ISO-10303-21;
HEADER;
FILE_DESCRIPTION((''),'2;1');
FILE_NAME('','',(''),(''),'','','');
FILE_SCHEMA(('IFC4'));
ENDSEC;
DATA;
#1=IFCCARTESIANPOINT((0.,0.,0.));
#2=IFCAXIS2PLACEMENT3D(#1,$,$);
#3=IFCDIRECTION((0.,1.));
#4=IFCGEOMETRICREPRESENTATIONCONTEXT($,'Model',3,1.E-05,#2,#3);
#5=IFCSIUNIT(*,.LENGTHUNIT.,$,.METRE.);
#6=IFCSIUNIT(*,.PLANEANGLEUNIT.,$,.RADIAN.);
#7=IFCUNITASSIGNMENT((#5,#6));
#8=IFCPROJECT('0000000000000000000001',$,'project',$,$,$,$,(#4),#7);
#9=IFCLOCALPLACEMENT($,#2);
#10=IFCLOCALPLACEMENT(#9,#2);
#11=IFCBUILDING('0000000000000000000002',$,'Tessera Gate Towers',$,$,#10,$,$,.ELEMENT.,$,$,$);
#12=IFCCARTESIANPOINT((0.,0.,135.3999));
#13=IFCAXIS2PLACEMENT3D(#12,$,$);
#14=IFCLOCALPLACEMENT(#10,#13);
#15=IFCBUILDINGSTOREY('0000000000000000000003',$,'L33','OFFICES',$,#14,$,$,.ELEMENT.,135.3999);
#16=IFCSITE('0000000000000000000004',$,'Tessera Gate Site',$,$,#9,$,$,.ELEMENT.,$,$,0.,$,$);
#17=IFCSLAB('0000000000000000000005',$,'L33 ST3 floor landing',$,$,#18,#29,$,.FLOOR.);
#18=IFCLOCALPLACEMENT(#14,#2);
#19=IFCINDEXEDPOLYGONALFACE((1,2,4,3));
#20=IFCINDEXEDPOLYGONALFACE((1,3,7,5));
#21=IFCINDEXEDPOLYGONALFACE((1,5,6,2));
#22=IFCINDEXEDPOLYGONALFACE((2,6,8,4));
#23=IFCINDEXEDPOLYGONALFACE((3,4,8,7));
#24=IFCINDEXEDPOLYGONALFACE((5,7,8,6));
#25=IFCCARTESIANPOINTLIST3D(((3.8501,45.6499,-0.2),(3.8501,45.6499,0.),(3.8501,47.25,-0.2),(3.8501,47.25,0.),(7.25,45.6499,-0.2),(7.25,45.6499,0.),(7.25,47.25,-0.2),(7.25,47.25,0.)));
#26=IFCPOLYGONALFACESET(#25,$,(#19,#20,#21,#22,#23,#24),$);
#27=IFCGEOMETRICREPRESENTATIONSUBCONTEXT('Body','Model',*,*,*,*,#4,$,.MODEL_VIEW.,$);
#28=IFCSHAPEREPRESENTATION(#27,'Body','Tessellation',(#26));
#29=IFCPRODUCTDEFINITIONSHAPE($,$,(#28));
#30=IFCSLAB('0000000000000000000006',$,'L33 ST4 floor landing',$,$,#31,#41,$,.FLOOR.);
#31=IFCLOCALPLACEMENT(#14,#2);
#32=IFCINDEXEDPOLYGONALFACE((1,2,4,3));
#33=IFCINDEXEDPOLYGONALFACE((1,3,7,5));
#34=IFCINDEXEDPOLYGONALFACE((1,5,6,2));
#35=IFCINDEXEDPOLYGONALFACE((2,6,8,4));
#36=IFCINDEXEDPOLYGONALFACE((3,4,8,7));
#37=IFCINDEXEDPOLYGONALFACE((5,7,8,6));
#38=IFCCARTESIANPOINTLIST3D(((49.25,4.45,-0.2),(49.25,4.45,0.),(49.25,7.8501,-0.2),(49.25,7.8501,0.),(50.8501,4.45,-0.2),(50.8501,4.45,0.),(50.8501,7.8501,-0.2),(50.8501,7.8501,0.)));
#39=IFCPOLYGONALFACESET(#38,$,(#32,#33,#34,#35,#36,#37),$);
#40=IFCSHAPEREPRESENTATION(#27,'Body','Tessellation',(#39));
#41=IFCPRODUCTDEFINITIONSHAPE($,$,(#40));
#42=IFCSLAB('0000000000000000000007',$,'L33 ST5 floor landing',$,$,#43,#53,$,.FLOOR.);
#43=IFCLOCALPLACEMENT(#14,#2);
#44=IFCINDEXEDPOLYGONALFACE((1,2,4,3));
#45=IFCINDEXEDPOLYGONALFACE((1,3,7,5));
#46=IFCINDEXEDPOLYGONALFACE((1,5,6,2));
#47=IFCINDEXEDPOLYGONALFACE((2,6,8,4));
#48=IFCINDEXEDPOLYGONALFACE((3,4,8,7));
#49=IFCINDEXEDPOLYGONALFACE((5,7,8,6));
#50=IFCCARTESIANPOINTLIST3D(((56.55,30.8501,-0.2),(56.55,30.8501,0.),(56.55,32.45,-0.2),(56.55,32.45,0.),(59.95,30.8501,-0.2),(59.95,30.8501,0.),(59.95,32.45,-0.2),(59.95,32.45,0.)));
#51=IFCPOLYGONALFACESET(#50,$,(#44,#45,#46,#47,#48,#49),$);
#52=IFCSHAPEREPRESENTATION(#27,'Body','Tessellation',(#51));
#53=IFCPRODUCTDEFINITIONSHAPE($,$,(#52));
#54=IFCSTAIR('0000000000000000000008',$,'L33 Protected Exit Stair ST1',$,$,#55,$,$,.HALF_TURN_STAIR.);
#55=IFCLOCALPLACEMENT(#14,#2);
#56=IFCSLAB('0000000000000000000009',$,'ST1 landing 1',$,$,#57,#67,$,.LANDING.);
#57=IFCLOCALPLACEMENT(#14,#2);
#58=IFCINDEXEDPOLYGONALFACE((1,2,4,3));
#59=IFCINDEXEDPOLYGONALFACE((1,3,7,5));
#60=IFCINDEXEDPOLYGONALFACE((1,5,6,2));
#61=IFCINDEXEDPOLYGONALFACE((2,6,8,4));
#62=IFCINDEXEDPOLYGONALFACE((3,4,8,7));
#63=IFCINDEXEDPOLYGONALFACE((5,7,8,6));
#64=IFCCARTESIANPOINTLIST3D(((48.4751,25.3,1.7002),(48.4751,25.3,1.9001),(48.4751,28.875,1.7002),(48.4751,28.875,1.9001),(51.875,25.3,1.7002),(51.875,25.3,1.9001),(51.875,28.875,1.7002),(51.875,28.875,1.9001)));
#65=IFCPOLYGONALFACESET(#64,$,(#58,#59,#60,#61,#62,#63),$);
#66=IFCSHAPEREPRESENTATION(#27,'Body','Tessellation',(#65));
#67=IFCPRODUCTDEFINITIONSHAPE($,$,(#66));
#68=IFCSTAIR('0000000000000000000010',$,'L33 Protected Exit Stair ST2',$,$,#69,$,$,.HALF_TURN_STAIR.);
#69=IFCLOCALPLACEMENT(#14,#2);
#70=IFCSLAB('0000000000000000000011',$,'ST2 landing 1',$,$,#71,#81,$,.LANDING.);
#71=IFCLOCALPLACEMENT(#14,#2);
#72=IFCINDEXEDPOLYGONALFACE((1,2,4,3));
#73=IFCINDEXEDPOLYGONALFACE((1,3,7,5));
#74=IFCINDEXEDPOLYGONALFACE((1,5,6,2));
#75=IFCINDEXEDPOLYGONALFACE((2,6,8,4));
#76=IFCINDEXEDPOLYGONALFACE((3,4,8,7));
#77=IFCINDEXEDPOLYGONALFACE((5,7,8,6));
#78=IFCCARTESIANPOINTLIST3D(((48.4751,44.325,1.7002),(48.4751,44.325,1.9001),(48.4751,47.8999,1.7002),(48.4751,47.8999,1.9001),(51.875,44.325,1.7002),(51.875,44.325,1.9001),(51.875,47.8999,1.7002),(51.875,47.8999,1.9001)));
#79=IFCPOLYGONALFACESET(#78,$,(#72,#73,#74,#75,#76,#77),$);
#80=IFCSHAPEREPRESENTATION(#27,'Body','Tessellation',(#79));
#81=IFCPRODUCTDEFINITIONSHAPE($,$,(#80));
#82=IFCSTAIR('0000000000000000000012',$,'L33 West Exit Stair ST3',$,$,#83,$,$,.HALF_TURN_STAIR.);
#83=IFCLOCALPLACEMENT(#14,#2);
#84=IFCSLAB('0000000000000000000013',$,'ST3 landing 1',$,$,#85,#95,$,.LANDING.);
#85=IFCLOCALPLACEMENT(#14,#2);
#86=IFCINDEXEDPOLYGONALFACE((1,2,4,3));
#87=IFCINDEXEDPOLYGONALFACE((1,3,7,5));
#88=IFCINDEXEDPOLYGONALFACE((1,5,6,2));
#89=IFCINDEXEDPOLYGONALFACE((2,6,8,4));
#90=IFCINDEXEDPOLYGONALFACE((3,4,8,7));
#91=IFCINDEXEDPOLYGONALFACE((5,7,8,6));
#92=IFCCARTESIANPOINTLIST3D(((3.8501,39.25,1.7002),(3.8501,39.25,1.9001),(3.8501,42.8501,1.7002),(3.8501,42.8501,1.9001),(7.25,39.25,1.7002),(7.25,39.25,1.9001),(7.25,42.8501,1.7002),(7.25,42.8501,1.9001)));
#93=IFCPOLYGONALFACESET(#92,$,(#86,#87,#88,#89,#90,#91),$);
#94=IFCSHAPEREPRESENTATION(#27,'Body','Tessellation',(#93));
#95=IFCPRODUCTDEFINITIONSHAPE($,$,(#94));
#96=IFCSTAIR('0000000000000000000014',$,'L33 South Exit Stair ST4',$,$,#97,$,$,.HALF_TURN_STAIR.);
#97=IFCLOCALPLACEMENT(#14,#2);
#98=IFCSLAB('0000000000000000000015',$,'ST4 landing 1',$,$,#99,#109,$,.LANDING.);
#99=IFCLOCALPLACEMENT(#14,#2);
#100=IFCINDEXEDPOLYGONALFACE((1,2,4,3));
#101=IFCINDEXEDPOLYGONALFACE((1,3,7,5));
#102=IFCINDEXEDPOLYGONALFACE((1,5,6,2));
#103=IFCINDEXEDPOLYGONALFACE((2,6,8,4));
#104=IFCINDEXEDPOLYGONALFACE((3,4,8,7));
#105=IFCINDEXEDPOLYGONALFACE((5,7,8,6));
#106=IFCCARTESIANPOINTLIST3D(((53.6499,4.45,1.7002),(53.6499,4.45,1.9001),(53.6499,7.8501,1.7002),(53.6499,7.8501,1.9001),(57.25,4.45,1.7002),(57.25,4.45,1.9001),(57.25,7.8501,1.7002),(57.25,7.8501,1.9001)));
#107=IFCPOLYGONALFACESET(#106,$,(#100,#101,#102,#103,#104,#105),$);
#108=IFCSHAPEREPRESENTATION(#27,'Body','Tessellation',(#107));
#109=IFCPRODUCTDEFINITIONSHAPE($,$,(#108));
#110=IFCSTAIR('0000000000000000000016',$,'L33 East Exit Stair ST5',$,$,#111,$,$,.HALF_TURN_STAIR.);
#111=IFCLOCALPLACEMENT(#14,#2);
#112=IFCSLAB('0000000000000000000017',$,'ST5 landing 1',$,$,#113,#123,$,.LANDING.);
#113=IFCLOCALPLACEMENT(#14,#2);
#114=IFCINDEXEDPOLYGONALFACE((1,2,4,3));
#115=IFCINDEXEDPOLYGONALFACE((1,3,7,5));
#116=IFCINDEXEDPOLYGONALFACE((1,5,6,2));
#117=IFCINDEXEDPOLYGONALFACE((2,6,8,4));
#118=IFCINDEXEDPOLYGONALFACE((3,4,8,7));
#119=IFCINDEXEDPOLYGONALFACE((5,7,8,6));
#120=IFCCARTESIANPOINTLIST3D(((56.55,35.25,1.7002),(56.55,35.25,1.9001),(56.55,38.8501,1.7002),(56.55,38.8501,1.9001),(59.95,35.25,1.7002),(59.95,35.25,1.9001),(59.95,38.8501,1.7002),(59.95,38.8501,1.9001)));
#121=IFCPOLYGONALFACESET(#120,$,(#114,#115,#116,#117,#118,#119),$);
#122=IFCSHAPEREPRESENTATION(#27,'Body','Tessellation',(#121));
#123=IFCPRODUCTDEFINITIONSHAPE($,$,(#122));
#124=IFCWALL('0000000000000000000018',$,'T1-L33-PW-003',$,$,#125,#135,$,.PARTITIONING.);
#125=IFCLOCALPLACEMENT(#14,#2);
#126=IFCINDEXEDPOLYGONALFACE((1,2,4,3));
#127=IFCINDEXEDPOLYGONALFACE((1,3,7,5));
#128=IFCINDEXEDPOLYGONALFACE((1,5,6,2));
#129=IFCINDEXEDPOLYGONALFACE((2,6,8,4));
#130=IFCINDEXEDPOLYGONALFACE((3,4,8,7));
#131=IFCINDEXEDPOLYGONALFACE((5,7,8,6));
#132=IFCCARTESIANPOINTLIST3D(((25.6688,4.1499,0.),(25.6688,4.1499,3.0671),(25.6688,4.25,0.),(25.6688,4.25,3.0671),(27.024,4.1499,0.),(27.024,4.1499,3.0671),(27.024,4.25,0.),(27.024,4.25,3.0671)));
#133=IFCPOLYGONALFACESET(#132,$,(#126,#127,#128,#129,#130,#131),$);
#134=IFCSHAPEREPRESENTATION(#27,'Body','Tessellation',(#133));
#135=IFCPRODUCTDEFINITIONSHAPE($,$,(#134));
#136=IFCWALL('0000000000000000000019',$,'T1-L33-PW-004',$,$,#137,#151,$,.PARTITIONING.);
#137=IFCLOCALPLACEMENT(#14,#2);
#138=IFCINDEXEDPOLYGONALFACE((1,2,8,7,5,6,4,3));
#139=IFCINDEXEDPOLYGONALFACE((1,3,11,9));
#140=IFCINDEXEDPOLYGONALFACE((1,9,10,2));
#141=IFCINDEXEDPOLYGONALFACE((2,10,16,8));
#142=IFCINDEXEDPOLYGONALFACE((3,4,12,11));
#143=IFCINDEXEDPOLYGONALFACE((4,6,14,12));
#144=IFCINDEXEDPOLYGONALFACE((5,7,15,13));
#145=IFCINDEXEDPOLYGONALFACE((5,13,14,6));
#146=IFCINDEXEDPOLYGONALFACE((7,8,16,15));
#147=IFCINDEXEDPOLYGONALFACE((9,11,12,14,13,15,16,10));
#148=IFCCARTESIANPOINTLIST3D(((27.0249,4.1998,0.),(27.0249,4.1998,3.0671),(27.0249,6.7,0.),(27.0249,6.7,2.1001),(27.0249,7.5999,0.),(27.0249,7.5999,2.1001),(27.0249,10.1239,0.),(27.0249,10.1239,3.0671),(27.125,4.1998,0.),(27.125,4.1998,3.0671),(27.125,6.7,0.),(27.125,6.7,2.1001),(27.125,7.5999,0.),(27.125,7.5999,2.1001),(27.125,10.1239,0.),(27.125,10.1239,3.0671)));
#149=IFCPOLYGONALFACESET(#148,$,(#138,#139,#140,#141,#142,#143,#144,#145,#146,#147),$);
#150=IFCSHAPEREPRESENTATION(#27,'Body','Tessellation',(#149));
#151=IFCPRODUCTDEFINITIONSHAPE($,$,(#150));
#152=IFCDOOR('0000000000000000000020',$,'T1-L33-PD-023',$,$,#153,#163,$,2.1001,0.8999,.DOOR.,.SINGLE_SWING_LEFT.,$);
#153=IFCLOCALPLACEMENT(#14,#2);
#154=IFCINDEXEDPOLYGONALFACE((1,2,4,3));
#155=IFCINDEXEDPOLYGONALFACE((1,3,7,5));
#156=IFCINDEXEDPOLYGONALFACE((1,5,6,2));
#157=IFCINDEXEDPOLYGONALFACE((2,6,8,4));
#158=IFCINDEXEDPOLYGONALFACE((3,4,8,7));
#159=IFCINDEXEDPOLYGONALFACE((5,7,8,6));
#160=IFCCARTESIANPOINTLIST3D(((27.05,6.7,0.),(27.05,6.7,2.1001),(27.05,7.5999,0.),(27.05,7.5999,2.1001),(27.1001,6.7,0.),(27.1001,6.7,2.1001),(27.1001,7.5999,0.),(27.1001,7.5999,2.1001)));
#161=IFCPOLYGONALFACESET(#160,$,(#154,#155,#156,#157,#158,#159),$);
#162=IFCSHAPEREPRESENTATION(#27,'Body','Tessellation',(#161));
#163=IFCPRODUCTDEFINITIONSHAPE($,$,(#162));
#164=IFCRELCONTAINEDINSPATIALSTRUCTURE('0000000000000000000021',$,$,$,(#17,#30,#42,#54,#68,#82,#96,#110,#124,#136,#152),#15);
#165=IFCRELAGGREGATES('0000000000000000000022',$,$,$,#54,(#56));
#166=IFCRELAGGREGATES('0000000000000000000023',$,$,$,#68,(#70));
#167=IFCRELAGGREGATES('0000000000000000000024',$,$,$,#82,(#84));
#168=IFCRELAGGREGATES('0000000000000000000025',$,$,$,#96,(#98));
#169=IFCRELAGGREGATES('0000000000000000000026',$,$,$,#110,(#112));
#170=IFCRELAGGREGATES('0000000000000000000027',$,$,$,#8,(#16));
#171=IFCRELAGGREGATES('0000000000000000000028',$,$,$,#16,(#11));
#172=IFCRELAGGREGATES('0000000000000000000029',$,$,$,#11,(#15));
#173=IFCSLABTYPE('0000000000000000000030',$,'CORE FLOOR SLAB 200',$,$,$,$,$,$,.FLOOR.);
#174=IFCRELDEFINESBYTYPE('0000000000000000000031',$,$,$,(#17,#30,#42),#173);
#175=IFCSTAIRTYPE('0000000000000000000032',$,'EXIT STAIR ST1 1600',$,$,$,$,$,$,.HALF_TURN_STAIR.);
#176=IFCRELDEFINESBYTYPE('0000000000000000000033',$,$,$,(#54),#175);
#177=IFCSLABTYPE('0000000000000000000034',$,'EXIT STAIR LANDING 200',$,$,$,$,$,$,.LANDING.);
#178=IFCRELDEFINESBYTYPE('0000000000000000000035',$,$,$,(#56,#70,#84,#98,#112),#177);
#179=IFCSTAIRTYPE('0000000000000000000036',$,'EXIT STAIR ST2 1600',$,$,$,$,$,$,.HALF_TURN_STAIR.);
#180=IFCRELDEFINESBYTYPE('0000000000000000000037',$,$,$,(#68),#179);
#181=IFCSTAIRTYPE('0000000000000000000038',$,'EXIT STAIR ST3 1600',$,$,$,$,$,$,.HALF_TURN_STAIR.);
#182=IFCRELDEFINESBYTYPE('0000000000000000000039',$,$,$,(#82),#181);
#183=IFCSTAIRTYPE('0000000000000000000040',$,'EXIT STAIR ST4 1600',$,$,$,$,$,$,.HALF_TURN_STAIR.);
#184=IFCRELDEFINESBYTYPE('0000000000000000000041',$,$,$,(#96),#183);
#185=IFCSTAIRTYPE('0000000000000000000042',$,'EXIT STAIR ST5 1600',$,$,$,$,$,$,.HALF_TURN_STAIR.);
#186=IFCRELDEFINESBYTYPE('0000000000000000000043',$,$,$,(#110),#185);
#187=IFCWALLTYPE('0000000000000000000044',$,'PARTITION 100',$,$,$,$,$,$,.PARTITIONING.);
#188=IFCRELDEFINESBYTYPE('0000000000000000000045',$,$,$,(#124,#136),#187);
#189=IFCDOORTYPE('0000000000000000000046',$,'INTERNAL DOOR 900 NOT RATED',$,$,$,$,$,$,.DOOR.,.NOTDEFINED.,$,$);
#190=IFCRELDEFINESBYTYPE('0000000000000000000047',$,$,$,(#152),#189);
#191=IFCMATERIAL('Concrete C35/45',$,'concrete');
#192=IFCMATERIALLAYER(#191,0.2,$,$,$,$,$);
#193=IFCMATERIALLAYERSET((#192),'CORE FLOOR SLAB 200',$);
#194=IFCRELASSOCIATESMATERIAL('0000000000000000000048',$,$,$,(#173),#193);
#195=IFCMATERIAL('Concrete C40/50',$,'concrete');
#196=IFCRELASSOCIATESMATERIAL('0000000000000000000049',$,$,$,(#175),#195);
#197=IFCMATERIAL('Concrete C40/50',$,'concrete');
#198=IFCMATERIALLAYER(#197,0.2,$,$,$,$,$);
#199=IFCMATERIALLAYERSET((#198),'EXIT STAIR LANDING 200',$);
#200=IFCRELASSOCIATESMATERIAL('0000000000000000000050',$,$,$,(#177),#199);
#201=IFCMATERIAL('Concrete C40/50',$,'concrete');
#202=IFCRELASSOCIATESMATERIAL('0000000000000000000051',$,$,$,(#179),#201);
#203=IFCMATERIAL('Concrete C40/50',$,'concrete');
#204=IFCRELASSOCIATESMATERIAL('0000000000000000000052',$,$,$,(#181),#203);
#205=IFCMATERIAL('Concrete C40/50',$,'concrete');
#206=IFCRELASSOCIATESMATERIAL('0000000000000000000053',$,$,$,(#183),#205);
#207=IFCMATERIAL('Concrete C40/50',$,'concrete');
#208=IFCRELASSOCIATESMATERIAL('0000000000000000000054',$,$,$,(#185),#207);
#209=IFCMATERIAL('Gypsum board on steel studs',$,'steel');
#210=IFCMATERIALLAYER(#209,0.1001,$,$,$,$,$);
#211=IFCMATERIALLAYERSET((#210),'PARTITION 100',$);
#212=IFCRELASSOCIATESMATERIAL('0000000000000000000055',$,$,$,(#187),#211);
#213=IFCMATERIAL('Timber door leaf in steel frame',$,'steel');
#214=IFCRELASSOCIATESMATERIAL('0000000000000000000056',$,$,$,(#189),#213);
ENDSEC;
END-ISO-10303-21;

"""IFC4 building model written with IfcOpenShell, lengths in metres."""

from ifc_helpers import new_model, si_unit, direction, frame, frame_2d, origin, place, context, subcontext, project, spatial, polyline, rectangle, outline, extrude, source, transform, mapped, material, layer, layer_set, type_object, element, fill, aggregate, save


model = new_model("IFC4")

# Units and contexts
model_context = context("Model", 3, precision=1e-05, world=origin(), true_north=direction((0.0, 1.0)))
body_context = subcontext(model_context, "Body", "Model", "MODEL_VIEW")
ifc_project = project(units=[si_unit("LENGTHUNIT", "METRE"), si_unit("PLANEANGLEUNIT", "RADIAN")], contexts=[model_context])

# Site, building, storey
site_placement = place(None, origin())
site = spatial("IfcSite", under=ifc_project, at=site_placement, Name="Tessera Gate Site", CompositionType="ELEMENT", RefElevation=0.0)
building_placement = place(site_placement, origin())
building = spatial("IfcBuilding", under=site, at=building_placement, Name="Tessera Gate Towers", CompositionType="ELEMENT")
storey_placement = place(building_placement, frame((0.0, 0.0, 135.3999)))
storey = spatial("IfcBuildingStorey", under=building, at=storey_placement, Name="L33", Description="OFFICES", CompositionType="ELEMENT", Elevation=135.3999)

# Slabs
ifc_material_1 = material(Name="Concrete C35/45", Category="concrete")
ifc_layer_1 = layer(ifc_material_1, 0.2)
ifc_layer_set_1 = layer_set([ifc_layer_1], Name="CORE FLOOR SLAB 200")
slab_type_1 = type_object("IfcSlabType", Name="CORE FLOOR SLAB 200", PredefinedType="FLOOR", material=ifc_layer_set_1)
slab_1_placement = place(storey_placement, frame((0.0, 0.0, -0.2)))
element("IfcSlab", 1, at=slab_1_placement, inside=storey, type_object=slab_type_1, Name="L33 ST3 floor landing", PredefinedType="FLOOR", context=body_context, shape_type="SweptSolid", body=[
    extrude(outline(polyline([(3.8501, 47.25), (3.8501, 45.6499), (7.25, 45.6499), (7.25, 47.25), (3.8501, 47.25)])), origin(), (0.0, 0.0, 1.0), 0.2),
])
slab_2_placement = place(storey_placement, frame((0.0, 0.0, -0.2)))
element("IfcSlab", 2, at=slab_2_placement, inside=storey, type_object=slab_type_1, Name="L33 ST4 floor landing", PredefinedType="FLOOR", context=body_context, shape_type="SweptSolid", body=[
    extrude(outline(polyline([(49.25, 4.45), (50.8501, 4.45), (50.8501, 7.8501), (49.25, 7.8501), (49.25, 4.45)])), origin(), (0.0, 0.0, 1.0), 0.2),
])
slab_3_placement = place(storey_placement, frame((0.0, 0.0, -0.2)))
element("IfcSlab", 3, at=slab_3_placement, inside=storey, type_object=slab_type_1, Name="L33 ST5 floor landing", PredefinedType="FLOOR", context=body_context, shape_type="SweptSolid", body=[
    extrude(outline(polyline([(59.95, 30.8501), (59.95, 32.45), (56.55, 32.45), (56.55, 30.8501), (59.95, 30.8501)])), origin(), (0.0, 0.0, 1.0), 0.2),
])

# Stairs, slabs
ifc_material_2 = material(Name="Concrete C40/50", Category="concrete")
stair_type_1 = type_object("IfcStairType", Name="EXIT STAIR ST1 1600", PredefinedType="HALF_TURN_STAIR", material=ifc_material_2)
stair_1_placement = place(storey_placement, origin())
stair_1 = element("IfcStair", 4, at=stair_1_placement, inside=storey, type_object=stair_type_1, Name="L33 Protected Exit Stair ST1", PredefinedType="HALF_TURN_STAIR")
ifc_material_3 = material(Name="Concrete C40/50", Category="concrete")
ifc_layer_2 = layer(ifc_material_3, 0.2)
ifc_layer_set_2 = layer_set([ifc_layer_2], Name="EXIT STAIR LANDING 200")
slab_type_2 = type_object("IfcSlabType", Name="EXIT STAIR LANDING 200", PredefinedType="LANDING", material=ifc_layer_set_2)
slab_4_placement = place(storey_placement, frame((0.0, 0.0, 1.7002)))
slab_4 = element("IfcSlab", 5, at=slab_4_placement, type_object=slab_type_2, Name="ST1 landing 1", PredefinedType="LANDING", context=body_context, shape_type="SweptSolid", body=[
    extrude(outline(polyline([(48.4751, 28.875), (48.4751, 25.3), (51.875, 25.3), (51.875, 28.875), (48.4751, 28.875)])), origin(), (0.0, 0.0, 1.0), 0.2),
])
aggregate(stair_1, [slab_4])
ifc_material_4 = material(Name="Concrete C40/50", Category="concrete")
stair_type_2 = type_object("IfcStairType", Name="EXIT STAIR ST2 1600", PredefinedType="HALF_TURN_STAIR", material=ifc_material_4)
stair_2_placement = place(storey_placement, origin())
stair_2 = element("IfcStair", 6, at=stair_2_placement, inside=storey, type_object=stair_type_2, Name="L33 Protected Exit Stair ST2", PredefinedType="HALF_TURN_STAIR")
slab_5_placement = place(storey_placement, frame((0.0, 0.0, 1.7002)))
slab_5 = element("IfcSlab", 7, at=slab_5_placement, type_object=slab_type_2, Name="ST2 landing 1", PredefinedType="LANDING", context=body_context, shape_type="SweptSolid", body=[
    extrude(outline(polyline([(51.875, 44.325), (51.875, 47.8999), (48.4751, 47.8999), (48.4751, 44.325), (51.875, 44.325)])), origin(), (0.0, 0.0, 1.0), 0.2),
])
aggregate(stair_2, [slab_5])
ifc_material_5 = material(Name="Concrete C40/50", Category="concrete")
stair_type_3 = type_object("IfcStairType", Name="EXIT STAIR ST3 1600", PredefinedType="HALF_TURN_STAIR", material=ifc_material_5)
stair_3_placement = place(storey_placement, origin())
stair_3 = element("IfcStair", 8, at=stair_3_placement, inside=storey, type_object=stair_type_3, Name="L33 West Exit Stair ST3", PredefinedType="HALF_TURN_STAIR")
slab_6_placement = place(storey_placement, frame((0.0, 0.0, 1.7002)))
slab_6 = element("IfcSlab", 9, at=slab_6_placement, type_object=slab_type_2, Name="ST3 landing 1", PredefinedType="LANDING", context=body_context, shape_type="SweptSolid", body=[
    extrude(outline(polyline([(3.8501, 42.8501), (3.8501, 39.25), (7.25, 39.25), (7.25, 42.8501), (3.8501, 42.8501)])), origin(), (0.0, 0.0, 1.0), 0.2),
])
aggregate(stair_3, [slab_6])
ifc_material_6 = material(Name="Concrete C40/50", Category="concrete")
stair_type_4 = type_object("IfcStairType", Name="EXIT STAIR ST4 1600", PredefinedType="HALF_TURN_STAIR", material=ifc_material_6)
stair_4_placement = place(storey_placement, origin())
stair_4 = element("IfcStair", 10, at=stair_4_placement, inside=storey, type_object=stair_type_4, Name="L33 South Exit Stair ST4", PredefinedType="HALF_TURN_STAIR")
slab_7_placement = place(storey_placement, frame((0.0, 0.0, 1.7002)))
slab_7 = element("IfcSlab", 11, at=slab_7_placement, type_object=slab_type_2, Name="ST4 landing 1", PredefinedType="LANDING", context=body_context, shape_type="SweptSolid", body=[
    extrude(outline(polyline([(53.6499, 4.45), (57.25, 4.45), (57.25, 7.8501), (53.6499, 7.8501), (53.6499, 4.45)])), origin(), (0.0, 0.0, 1.0), 0.2),
])
aggregate(stair_4, [slab_7])
ifc_material_7 = material(Name="Concrete C40/50", Category="concrete")
stair_type_5 = type_object("IfcStairType", Name="EXIT STAIR ST5 1600", PredefinedType="HALF_TURN_STAIR", material=ifc_material_7)
stair_5_placement = place(storey_placement, origin())
stair_5 = element("IfcStair", 12, at=stair_5_placement, inside=storey, type_object=stair_type_5, Name="L33 East Exit Stair ST5", PredefinedType="HALF_TURN_STAIR")
slab_8_placement = place(storey_placement, frame((0.0, 0.0, 1.7002)))
slab_8 = element("IfcSlab", 13, at=slab_8_placement, type_object=slab_type_2, Name="ST5 landing 1", PredefinedType="LANDING", context=body_context, shape_type="SweptSolid", body=[
    extrude(outline(polyline([(59.95, 35.25), (59.95, 38.8501), (56.55, 38.8501), (56.55, 35.25), (59.95, 35.25)])), origin(), (0.0, 0.0, 1.0), 0.2),
])
aggregate(stair_5, [slab_8])

# Wall
ifc_material_8 = material(Name="Gypsum board on steel studs", Category="steel")
ifc_layer_3 = layer(ifc_material_8, 0.1001)
ifc_layer_set_3 = layer_set([ifc_layer_3], Name="PARTITION 100")
wall_type_1 = type_object("IfcWallType", Name="PARTITION 100", PredefinedType="PARTITIONING", material=ifc_layer_set_3)
wall_1_placement = place(storey_placement, frame((25.6687, 4.2, 0.0), z_axis=(0.0, 0.0, 1.0), x_axis=(1.0, 0.0, 0.0)))
element("IfcWall", 14, at=wall_1_placement, inside=storey, type_object=wall_type_1, Name="T1-L33-PW-003", PredefinedType="PARTITIONING", context=body_context, shape_type="SweptSolid", body=[
    extrude(rectangle(XDim=1.3552, YDim=0.1001, at=frame_2d((0.6777, 0.0))), origin(), (0.0, 0.0, 1.0), 3.0671),
])

# Wall, opening, door
wall_2_placement = place(storey_placement, frame((27.075, 4.2, 0.0), z_axis=(0.0, 0.0, 1.0), x_axis=(0.0, 1.0, 0.0)))
wall_2 = element("IfcWall", 15, at=wall_2_placement, inside=storey, type_object=wall_type_1, Name="T1-L33-PW-004", PredefinedType="PARTITIONING", context=body_context, shape_type="SweptSolid", body=[
    extrude(rectangle(XDim=5.9241, YDim=0.1001, at=frame_2d((2.9619, 0.0))), origin(), (0.0, 0.0, 1.0), 3.0671),
])
shared_shape_1 = source(origin(), body_context, "Body", "SweptSolid", [
    extrude(rectangle(XDim=0.8999, YDim=2.1001, at=frame_2d((0.45, 1.05))), frame((0.0, 0.0601, 0.0), z_axis=(0.0, -1.0, 0.0), x_axis=(1.0, 0.0, 0.0)), (0.0, 0.0, 1.0), 0.1201),
])
opening_1_placement = place(wall_2_placement, frame((2.5, 0.0, 0.0)))
opening_1 = element("IfcOpeningElement", 16, at=opening_1_placement, cuts=wall_2, PredefinedType="OPENING", context=body_context, shape_type="MappedRepresentation", body=[
    mapped(shared_shape_1, transform((0.0, 0.0, 0.0), scale=1.0)),
])
ifc_material_9 = material(Name="Timber door leaf in steel frame", Category="steel")
door_type = type_object("IfcDoorType", Name="INTERNAL DOOR 900 NOT RATED", OperationType="NOTDEFINED", PredefinedType="DOOR", material=ifc_material_9)
shared_shape_2 = source(origin(), body_context, "Body", "SweptSolid", [
    extrude(rectangle(XDim=0.8999, YDim=2.1001, at=frame_2d((0.45, 1.05))), frame((0.0, 0.0249, 0.0), z_axis=(0.0, -1.0, 0.0), x_axis=(1.0, 0.0, 0.0)), (0.0, 0.0, 1.0), 0.05),
])
door_1_placement = place(opening_1_placement, origin())
door_1 = element("IfcDoor", 17, at=door_1_placement, inside=storey, type_object=door_type, Name="T1-L33-PD-023", OperationType="SINGLE_SWING_LEFT", OverallHeight=2.1001, OverallWidth=0.8999, PredefinedType="DOOR", context=body_context, shape_type="MappedRepresentation", body=[
    mapped(shared_shape_2, transform((0.0, 0.0, 0.0), scale=1.0)),
])
fill(opening_1, door_1)

save(model, "model.ifc")
